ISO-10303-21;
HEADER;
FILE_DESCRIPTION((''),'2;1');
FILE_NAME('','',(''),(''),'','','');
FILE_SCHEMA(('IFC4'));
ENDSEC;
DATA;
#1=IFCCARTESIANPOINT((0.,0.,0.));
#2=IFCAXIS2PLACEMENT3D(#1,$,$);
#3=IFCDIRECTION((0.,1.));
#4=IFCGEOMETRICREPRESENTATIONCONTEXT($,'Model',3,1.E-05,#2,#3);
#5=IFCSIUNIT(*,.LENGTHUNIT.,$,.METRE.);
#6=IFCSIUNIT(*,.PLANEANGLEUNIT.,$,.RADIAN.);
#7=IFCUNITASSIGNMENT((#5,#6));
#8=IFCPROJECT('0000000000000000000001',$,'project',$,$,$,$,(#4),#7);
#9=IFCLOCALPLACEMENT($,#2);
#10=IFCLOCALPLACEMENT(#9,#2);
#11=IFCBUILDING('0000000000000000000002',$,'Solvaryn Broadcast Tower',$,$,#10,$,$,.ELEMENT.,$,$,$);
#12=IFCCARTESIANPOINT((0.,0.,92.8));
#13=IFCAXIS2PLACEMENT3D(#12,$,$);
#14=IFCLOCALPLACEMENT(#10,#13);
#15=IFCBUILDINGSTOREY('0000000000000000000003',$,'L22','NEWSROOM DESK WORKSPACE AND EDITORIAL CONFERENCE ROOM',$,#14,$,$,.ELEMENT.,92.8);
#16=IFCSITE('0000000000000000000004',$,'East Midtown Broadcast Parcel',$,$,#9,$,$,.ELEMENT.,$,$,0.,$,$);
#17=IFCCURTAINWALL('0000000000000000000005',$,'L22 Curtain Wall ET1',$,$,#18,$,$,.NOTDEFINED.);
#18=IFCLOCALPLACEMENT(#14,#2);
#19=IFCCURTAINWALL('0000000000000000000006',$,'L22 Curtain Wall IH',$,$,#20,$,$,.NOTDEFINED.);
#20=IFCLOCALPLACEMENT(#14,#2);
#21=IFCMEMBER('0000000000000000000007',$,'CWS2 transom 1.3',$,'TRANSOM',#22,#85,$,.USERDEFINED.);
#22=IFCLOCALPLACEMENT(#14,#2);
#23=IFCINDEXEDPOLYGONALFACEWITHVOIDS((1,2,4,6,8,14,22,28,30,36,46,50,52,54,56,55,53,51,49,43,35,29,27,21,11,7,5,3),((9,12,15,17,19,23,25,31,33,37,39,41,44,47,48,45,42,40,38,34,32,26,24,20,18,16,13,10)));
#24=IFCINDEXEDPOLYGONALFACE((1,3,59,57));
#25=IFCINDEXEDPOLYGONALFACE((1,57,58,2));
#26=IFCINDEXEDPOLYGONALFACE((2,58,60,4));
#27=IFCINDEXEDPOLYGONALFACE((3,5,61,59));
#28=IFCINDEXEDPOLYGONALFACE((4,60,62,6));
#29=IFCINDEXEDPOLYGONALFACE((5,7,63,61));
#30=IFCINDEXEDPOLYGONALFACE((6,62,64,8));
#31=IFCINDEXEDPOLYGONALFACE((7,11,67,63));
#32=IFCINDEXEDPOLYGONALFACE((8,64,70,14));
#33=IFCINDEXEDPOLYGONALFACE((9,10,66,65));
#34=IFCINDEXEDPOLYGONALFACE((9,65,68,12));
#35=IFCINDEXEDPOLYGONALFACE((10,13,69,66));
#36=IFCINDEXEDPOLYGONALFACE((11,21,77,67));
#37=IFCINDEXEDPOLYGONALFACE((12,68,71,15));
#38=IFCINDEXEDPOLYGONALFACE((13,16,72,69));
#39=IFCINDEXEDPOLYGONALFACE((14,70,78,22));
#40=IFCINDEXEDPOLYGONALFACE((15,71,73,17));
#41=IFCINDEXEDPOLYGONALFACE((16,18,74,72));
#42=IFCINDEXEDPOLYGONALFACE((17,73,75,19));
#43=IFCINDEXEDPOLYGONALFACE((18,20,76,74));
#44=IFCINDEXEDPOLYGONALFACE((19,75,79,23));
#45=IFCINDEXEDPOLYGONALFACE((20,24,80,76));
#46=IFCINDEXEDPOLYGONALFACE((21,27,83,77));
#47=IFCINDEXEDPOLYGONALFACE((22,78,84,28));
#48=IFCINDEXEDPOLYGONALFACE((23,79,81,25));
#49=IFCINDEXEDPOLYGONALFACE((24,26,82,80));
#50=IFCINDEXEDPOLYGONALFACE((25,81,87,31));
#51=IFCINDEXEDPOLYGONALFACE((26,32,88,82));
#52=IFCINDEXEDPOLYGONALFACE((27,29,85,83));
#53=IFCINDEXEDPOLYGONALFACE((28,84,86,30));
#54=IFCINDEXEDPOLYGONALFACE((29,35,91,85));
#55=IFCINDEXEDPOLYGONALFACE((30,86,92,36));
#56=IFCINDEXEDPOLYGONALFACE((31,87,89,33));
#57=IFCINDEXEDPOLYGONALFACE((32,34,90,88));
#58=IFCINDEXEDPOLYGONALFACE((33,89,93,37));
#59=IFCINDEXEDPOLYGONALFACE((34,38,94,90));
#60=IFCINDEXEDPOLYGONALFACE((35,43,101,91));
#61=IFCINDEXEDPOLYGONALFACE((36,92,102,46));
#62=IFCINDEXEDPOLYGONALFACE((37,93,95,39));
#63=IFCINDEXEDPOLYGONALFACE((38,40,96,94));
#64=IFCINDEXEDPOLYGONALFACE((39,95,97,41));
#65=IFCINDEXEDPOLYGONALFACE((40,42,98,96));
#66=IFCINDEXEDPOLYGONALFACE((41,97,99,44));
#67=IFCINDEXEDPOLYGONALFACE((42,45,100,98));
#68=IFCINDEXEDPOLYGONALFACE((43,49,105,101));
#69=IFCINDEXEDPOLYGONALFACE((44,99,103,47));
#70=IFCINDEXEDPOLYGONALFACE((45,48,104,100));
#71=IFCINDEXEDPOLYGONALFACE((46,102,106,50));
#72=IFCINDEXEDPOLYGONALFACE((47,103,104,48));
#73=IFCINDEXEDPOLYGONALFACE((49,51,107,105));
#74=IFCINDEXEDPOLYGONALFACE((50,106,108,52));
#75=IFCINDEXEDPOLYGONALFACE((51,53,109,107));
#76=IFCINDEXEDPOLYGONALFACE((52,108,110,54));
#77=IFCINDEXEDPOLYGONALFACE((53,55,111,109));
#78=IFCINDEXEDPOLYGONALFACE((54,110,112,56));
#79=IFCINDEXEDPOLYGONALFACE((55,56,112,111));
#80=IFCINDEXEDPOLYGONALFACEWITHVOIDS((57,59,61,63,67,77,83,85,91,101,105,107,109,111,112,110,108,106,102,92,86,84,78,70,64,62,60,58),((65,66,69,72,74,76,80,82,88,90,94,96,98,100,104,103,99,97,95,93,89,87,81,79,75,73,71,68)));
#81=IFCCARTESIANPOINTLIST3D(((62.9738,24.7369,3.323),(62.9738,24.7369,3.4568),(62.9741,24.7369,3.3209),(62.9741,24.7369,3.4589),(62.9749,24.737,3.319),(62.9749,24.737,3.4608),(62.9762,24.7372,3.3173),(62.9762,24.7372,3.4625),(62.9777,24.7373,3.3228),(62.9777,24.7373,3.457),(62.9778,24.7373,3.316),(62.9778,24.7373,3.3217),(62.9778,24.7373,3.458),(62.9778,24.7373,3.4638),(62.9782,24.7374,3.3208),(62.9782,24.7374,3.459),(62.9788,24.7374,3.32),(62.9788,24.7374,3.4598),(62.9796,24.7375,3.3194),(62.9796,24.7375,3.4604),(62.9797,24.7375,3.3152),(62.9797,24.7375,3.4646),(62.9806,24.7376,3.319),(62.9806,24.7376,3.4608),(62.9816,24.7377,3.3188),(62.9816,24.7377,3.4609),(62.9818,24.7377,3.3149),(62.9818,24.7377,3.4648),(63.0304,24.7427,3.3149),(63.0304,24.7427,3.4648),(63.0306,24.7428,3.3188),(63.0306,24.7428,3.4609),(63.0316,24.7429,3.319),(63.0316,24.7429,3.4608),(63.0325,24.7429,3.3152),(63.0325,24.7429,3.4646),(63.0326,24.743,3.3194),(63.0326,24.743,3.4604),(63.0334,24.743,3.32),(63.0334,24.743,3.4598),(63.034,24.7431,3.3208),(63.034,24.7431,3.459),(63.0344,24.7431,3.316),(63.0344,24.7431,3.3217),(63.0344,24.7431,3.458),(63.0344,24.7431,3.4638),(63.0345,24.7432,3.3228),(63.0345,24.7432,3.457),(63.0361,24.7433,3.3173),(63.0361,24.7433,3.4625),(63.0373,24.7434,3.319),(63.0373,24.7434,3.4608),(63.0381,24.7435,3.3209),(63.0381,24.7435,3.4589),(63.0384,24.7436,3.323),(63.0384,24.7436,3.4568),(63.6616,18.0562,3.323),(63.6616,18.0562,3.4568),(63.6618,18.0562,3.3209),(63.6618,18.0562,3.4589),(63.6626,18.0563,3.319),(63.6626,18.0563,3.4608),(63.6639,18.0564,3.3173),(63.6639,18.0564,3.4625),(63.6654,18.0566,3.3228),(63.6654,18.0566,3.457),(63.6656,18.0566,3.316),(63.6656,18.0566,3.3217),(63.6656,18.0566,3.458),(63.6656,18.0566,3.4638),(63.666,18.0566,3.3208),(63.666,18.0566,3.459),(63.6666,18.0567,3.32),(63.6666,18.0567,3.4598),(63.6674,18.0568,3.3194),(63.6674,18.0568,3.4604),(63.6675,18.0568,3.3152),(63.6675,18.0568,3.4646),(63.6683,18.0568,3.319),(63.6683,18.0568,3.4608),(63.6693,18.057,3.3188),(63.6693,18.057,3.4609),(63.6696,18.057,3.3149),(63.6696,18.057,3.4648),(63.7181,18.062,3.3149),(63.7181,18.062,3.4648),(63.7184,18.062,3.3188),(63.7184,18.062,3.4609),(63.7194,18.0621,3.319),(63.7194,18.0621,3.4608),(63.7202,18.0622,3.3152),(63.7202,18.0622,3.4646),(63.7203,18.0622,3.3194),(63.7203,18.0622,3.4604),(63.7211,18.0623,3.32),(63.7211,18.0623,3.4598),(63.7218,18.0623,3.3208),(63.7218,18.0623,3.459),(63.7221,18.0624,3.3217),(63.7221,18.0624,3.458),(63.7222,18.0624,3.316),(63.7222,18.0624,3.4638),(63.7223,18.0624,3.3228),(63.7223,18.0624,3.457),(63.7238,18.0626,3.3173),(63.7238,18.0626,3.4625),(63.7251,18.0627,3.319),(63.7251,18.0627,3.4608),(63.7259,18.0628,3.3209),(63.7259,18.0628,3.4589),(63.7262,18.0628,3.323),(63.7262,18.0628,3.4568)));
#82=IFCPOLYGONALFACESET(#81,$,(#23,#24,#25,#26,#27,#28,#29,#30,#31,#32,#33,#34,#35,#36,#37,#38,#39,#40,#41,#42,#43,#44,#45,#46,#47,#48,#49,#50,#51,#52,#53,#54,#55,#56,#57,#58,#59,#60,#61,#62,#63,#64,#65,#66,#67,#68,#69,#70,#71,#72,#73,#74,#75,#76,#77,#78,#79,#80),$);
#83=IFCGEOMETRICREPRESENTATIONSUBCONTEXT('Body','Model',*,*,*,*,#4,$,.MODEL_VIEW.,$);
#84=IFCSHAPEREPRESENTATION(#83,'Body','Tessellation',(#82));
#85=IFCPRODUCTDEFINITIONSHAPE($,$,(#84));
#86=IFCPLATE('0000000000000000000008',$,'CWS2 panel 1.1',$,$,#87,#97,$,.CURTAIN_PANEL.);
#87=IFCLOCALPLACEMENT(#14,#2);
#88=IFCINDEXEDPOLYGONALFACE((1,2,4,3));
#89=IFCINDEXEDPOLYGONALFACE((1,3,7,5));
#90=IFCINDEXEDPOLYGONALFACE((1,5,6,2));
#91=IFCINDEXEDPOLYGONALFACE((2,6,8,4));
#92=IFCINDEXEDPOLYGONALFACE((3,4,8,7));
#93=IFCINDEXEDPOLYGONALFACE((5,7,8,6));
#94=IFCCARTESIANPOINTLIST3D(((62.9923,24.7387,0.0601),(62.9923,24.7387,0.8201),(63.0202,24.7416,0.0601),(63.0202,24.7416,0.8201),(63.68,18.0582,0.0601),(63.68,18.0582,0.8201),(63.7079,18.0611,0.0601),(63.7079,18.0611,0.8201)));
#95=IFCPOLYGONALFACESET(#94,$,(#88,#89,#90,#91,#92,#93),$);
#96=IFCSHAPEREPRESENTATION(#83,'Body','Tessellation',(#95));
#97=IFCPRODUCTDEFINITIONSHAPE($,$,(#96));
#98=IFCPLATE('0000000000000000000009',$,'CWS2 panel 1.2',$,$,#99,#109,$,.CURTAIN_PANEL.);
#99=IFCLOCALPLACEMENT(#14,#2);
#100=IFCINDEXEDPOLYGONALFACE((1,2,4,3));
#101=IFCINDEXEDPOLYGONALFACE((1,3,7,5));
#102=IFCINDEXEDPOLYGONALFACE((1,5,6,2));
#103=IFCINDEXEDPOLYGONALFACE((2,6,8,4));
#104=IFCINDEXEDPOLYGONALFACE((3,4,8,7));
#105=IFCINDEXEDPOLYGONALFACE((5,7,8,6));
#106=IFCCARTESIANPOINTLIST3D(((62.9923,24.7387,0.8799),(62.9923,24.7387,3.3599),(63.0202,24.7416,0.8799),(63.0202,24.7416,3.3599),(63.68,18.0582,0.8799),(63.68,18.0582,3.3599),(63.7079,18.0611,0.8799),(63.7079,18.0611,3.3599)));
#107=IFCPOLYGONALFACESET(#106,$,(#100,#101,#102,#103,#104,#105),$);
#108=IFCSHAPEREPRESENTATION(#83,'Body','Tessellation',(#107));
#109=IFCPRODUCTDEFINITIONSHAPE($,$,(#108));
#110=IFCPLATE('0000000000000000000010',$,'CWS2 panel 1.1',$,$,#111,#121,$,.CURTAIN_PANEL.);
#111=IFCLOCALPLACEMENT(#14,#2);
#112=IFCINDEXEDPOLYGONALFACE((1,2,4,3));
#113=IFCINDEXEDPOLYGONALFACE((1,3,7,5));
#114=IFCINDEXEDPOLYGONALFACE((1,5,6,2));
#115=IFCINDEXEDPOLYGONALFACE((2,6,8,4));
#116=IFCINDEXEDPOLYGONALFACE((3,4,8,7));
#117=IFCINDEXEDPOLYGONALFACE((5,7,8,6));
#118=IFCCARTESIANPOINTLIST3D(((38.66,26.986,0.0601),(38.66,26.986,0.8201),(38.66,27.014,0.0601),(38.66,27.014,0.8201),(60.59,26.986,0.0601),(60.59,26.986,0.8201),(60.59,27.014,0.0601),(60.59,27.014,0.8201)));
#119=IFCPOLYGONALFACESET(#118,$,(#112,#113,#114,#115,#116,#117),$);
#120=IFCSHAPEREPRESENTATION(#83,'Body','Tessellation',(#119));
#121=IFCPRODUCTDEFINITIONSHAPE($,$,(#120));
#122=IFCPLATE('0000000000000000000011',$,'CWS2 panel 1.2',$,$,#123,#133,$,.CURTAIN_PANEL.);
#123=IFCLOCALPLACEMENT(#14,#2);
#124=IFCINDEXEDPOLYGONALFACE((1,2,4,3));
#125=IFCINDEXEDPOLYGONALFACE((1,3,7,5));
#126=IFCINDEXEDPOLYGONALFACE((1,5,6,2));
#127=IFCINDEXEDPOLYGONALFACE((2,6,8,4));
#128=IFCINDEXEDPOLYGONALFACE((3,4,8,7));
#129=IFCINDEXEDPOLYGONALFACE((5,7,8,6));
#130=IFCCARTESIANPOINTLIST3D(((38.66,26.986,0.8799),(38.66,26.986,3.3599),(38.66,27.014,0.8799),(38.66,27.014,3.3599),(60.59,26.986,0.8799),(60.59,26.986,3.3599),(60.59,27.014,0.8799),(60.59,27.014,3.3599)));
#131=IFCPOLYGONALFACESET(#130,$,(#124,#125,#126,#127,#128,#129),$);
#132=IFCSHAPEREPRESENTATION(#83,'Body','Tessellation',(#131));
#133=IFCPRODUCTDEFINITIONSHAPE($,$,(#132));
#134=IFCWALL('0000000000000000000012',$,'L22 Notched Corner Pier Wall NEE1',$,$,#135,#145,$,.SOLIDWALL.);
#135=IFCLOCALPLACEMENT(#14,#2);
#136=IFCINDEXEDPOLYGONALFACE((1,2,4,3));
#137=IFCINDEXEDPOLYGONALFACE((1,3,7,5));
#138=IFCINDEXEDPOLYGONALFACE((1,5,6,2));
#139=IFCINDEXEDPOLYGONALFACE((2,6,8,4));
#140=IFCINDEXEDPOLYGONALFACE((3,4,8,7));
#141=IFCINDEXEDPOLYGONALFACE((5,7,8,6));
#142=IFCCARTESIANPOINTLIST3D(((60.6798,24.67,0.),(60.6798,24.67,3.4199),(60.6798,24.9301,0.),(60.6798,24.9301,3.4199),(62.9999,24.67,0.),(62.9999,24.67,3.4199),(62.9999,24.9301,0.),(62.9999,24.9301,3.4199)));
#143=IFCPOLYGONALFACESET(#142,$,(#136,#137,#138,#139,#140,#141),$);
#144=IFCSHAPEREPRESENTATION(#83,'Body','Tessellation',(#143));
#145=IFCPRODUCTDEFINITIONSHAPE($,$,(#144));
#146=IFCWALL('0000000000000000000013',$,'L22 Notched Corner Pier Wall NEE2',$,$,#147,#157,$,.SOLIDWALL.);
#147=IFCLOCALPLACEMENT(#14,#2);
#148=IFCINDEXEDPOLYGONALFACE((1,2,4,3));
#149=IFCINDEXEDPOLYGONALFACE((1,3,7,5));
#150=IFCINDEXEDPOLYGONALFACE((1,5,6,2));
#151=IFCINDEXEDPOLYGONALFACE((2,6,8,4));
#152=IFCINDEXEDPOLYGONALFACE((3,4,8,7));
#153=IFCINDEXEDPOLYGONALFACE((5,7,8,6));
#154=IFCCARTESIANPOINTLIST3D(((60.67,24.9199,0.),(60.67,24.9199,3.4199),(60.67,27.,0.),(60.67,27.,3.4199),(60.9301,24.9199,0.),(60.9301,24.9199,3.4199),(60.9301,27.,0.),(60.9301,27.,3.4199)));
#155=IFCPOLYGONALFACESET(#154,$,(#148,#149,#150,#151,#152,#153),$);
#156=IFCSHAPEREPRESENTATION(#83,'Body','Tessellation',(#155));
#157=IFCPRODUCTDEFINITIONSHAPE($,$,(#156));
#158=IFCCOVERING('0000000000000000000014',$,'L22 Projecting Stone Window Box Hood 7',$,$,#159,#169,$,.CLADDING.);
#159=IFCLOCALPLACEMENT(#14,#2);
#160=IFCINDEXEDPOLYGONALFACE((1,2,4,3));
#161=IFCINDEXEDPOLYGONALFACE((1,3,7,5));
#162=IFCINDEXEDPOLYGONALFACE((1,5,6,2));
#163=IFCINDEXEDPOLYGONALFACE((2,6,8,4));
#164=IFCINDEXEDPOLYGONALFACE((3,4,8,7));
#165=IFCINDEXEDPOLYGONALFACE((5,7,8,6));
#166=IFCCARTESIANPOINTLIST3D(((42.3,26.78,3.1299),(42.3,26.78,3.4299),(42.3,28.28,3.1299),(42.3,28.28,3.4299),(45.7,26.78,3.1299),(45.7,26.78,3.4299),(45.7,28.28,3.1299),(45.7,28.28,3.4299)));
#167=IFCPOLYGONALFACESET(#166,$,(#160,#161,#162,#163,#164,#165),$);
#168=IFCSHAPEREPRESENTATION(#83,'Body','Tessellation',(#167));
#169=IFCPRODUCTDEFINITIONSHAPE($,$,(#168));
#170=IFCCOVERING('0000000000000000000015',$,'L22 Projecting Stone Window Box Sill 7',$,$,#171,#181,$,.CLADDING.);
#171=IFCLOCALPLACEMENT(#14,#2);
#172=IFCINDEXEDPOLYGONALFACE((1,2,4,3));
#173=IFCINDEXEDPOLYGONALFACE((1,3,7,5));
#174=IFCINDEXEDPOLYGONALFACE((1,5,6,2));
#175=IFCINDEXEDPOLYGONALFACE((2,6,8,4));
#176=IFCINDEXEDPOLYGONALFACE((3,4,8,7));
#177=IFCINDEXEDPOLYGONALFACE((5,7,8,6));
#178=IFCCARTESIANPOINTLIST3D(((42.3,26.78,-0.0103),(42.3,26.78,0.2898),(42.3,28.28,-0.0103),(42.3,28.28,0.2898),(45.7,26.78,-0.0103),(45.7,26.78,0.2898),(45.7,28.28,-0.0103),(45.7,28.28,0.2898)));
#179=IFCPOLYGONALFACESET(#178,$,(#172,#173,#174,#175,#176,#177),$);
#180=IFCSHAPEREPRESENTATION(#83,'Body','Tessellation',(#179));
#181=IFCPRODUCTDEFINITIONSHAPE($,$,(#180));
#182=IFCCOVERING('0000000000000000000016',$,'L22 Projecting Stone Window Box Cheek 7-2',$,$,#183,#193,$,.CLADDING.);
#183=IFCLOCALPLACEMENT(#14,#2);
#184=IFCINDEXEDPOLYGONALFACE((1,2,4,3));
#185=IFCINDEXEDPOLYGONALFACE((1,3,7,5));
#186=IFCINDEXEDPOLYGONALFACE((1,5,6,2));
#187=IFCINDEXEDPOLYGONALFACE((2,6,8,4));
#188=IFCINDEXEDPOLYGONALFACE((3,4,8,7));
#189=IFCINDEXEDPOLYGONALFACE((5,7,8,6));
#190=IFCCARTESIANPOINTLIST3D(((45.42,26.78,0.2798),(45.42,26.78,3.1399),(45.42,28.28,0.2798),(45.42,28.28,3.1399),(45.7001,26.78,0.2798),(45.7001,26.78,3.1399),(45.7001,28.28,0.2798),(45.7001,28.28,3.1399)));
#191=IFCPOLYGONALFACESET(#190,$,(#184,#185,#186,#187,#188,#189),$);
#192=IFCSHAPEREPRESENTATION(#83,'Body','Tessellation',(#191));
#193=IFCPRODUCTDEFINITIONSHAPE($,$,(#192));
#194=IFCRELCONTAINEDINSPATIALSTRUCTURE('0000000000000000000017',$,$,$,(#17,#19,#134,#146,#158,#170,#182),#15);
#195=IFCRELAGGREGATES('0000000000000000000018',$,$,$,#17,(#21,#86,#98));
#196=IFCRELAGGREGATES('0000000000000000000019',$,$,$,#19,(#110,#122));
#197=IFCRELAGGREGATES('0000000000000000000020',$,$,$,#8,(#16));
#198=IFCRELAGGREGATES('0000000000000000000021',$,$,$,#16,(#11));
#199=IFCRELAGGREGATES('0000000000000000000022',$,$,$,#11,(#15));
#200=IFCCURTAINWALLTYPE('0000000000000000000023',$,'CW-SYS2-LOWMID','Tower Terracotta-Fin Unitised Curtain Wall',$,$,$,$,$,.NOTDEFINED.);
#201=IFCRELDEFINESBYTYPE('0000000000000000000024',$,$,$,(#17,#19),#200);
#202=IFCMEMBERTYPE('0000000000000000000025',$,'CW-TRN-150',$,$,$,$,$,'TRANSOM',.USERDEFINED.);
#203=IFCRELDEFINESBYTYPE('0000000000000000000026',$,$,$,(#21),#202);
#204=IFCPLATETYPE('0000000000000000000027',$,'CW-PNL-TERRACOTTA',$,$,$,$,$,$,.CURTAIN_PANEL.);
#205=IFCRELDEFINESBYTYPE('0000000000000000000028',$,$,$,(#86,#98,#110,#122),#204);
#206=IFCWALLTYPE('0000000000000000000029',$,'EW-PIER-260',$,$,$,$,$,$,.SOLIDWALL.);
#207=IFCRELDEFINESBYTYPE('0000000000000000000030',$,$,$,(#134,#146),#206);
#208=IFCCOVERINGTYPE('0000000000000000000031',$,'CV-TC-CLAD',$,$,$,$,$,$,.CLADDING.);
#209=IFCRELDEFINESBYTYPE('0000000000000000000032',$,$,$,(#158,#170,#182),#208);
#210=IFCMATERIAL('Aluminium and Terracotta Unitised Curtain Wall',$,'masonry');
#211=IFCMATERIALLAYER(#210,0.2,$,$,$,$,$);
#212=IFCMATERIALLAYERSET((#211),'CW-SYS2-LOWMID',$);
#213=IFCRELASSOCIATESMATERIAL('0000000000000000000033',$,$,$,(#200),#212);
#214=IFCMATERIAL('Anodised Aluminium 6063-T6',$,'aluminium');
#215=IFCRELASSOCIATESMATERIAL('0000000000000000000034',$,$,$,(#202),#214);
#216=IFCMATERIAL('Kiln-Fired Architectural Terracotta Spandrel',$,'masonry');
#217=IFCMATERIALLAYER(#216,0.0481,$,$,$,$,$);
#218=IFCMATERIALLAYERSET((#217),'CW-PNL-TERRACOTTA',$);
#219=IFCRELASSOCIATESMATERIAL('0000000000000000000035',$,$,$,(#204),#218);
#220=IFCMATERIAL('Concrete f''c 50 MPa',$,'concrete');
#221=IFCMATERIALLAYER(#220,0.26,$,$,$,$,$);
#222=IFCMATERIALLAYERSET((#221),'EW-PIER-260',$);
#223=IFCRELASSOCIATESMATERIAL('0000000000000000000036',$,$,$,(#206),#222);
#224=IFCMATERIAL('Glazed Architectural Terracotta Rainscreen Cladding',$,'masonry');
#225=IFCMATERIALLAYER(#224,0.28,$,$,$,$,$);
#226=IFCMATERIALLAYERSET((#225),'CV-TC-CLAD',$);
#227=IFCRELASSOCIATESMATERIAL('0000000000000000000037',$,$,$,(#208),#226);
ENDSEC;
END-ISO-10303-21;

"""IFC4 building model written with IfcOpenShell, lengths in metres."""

from ifc_helpers import new_model, si_unit, direction, frame, frame_2d, origin, origin_2d, place, context, subcontext, project, spatial, rectangle, hollow_rectangle, extrude, material, layer, layer_set, material_profile, profile_set, type_object, element, aggregate, save


model = new_model("IFC4")

# Units and contexts
model_context = context("Model", 3, precision=1e-05, world=origin(), true_north=direction((0.0, 1.0)))
body_context = subcontext(model_context, "Body", "Model", "MODEL_VIEW")
ifc_project = project(units=[si_unit("LENGTHUNIT", "METRE"), si_unit("PLANEANGLEUNIT", "RADIAN")], contexts=[model_context])

# Site, building, storey
site_placement = place(None, origin())
site = spatial("IfcSite", under=ifc_project, at=site_placement, Name="East Midtown Broadcast Parcel", CompositionType="ELEMENT", RefElevation=0.0)
building_placement = place(site_placement, origin())
building = spatial("IfcBuilding", under=site, at=building_placement, Name="Solvaryn Broadcast Tower", CompositionType="ELEMENT")
storey_placement = place(building_placement, frame((0.0, 0.0, 92.8)))
storey = spatial("IfcBuildingStorey", under=building, at=storey_placement, Name="L22", Description="NEWSROOM DESK WORKSPACE AND EDITORIAL CONFERENCE ROOM", CompositionType="ELEMENT", Elevation=92.8)

# Curtain walls
ifc_material_1 = material(Name="Aluminium and Terracotta Unitised Curtain Wall", Category="masonry")
ifc_layer_1 = layer(ifc_material_1, 0.2)
ifc_layer_set_1 = layer_set([ifc_layer_1], Name="CW-SYS2-LOWMID")
curtain_wall_type = type_object("IfcCurtainWallType", Name="CW-SYS2-LOWMID", Description="Tower Terracotta-Fin Unitised Curtain Wall", PredefinedType="NOTDEFINED", material=ifc_layer_set_1)
curtain_wall_1_placement = place(storey_placement, origin())
curtain_wall_1 = element("IfcCurtainWall", 1, at=curtain_wall_1_placement, inside=storey, type_object=curtain_wall_type, Name="L22 Curtain Wall ET1", PredefinedType="NOTDEFINED")
curtain_wall_2_placement = place(storey_placement, origin())
curtain_wall_2 = element("IfcCurtainWall", 2, at=curtain_wall_2_placement, inside=storey, type_object=curtain_wall_type, Name="L22 Curtain Wall IH", PredefinedType="NOTDEFINED")

# Member
ifc_material_2 = material(Name="Anodised Aluminium 6063-T6", Category="aluminium")
ifc_material_profile_1 = material_profile(ifc_material_2, hollow_rectangle(XDim=0.0649, YDim=0.1499, WallThickness=0.0039, InnerFilletRadius=0.0039, OuterFilletRadius=0.0081, at=origin_2d()))
ifc_profile_set_1 = profile_set([ifc_material_profile_1], Name="Anodised Aluminium 6063-T6")
member_type_1 = type_object("IfcMemberType", Name="CW-TRN-150", ElementType="TRANSOM", PredefinedType="USERDEFINED", material=ifc_profile_set_1)
member_1_placement = place(storey_placement, frame((63.0061, 24.7402, 3.3899), z_axis=(0.102404, -0.994743, 0.0), x_axis=(0.994743, 0.102404, 0.0)))
member_1 = element("IfcMember", 3, at=member_1_placement, type_object=member_type_1, Name="CWS2 transom 1.3", ObjectType="TRANSOM", PredefinedType="USERDEFINED", context=body_context, shape_type="SweptSolid", body=[
    extrude(hollow_rectangle(XDim=0.0649, YDim=0.1499, WallThickness=0.0039, InnerFilletRadius=0.0039, OuterFilletRadius=0.0081, at=origin_2d()), origin(), (0.0, 0.0, 1.0), 6.7161),
])

# Plates
ifc_material_3 = material(Name="Kiln-Fired Architectural Terracotta Spandrel", Category="masonry")
ifc_layer_2 = layer(ifc_material_3, 0.0481)
ifc_layer_set_2 = layer_set([ifc_layer_2], Name="CW-PNL-TERRACOTTA")
plate_type = type_object("IfcPlateType", Name="CW-PNL-TERRACOTTA", PredefinedType="CURTAIN_PANEL", material=ifc_layer_set_2)
plate_1_placement = place(storey_placement, frame((63.3501, 21.3999, 0.0601), z_axis=(0.0, 0.0, 1.0), x_axis=(0.1024, -0.994743, 0.0)))
plate_1 = element("IfcPlate", 4, at=plate_1_placement, type_object=plate_type, Name="CWS2 panel 1.1", PredefinedType="CURTAIN_PANEL", context=body_context, shape_type="SweptSolid", body=[
    extrude(rectangle(XDim=6.7158, YDim=0.0281, at=origin_2d()), origin(), (0.0, 0.0, 1.0), 0.76),
])
plate_2_placement = place(storey_placement, frame((63.3501, 21.3999, 0.8799), z_axis=(0.0, 0.0, 1.0), x_axis=(0.1024, -0.994743, 0.0)))
plate_2 = element("IfcPlate", 5, at=plate_2_placement, type_object=plate_type, Name="CWS2 panel 1.2", PredefinedType="CURTAIN_PANEL", context=body_context, shape_type="SweptSolid", body=[
    extrude(rectangle(XDim=6.7158, YDim=0.0281, at=origin_2d()), origin(), (0.0, 0.0, 1.0), 2.48),
])
aggregate(curtain_wall_1, [member_1, plate_1, plate_2])
plate_3_placement = place(storey_placement, frame((49.625, 27.0, 0.0601), z_axis=(0.0, 0.0, 1.0), x_axis=(1.0, 0.0, 0.0)))
plate_3 = element("IfcPlate", 6, at=plate_3_placement, type_object=plate_type, Name="CWS2 panel 1.1", PredefinedType="CURTAIN_PANEL", context=body_context, shape_type="SweptSolid", body=[
    extrude(rectangle(XDim=21.9299, YDim=0.0281, at=origin_2d()), origin(), (0.0, 0.0, 1.0), 0.76),
])
plate_4_placement = place(storey_placement, frame((49.625, 27.0, 0.8799), z_axis=(0.0, 0.0, 1.0), x_axis=(1.0, 0.0, 0.0)))
plate_4 = element("IfcPlate", 7, at=plate_4_placement, type_object=plate_type, Name="CWS2 panel 1.2", PredefinedType="CURTAIN_PANEL", context=body_context, shape_type="SweptSolid", body=[
    extrude(rectangle(XDim=21.9299, YDim=0.0281, at=origin_2d()), origin(), (0.0, 0.0, 1.0), 2.48),
])
aggregate(curtain_wall_2, [plate_3, plate_4])

# Walls
ifc_material_4 = material(Name="Concrete f'c 50 MPa", Category="concrete")
ifc_layer_3 = layer(ifc_material_4, 0.26)
ifc_layer_set_3 = layer_set([ifc_layer_3], Name="EW-PIER-260")
wall_type_1 = type_object("IfcWallType", Name="EW-PIER-260", PredefinedType="SOLIDWALL", material=ifc_layer_set_3)
wall_1_placement = place(storey_placement, frame((63.0, 24.8, 0.0), z_axis=(0.0, 0.0, 1.0), x_axis=(-1.0, 0.0, 0.0)))
element("IfcWall", 8, at=wall_1_placement, inside=storey, type_object=wall_type_1, Name="L22 Notched Corner Pier Wall NEE1", PredefinedType="SOLIDWALL", context=body_context, shape_type="SweptSolid", body=[
    extrude(rectangle(XDim=2.3201, YDim=0.26, at=frame_2d((1.1602, 0.0))), origin(), (0.0, 0.0, 1.0), 3.4199),
])
wall_2_placement = place(storey_placement, frame((60.8, 24.9199, 0.0), z_axis=(0.0, 0.0, 1.0), x_axis=(0.0, 1.0, 0.0)))
element("IfcWall", 9, at=wall_2_placement, inside=storey, type_object=wall_type_1, Name="L22 Notched Corner Pier Wall NEE2", PredefinedType="SOLIDWALL", context=body_context, shape_type="SweptSolid", body=[
    extrude(rectangle(XDim=2.0801, YDim=0.26, at=frame_2d((1.04, 0.0))), origin(), (0.0, 0.0, 1.0), 3.4199),
])

# Coverings
ifc_material_5 = material(Name="Glazed Architectural Terracotta Rainscreen Cladding", Category="masonry")
ifc_layer_4 = layer(ifc_material_5, 0.28)
ifc_layer_set_4 = layer_set([ifc_layer_4], Name="CV-TC-CLAD")
covering_type_1 = type_object("IfcCoveringType", Name="CV-TC-CLAD", PredefinedType="CLADDING", material=ifc_layer_set_4)
for number, where, z_axis, x_axis, name in (
    (10, (44.0, 27.53, 3.1299), (0.0, 0.0, 1.0), (1.0, 0.0, 0.0), "L22 Projecting Stone Window Box Hood 7"),
    (11, (44.0, 27.53, -0.0103), (0.0, 0.0, 1.0), (1.0, 0.0, 0.0), "L22 Projecting Stone Window Box Sill 7"),
):
    element("IfcCovering", number, at=place(storey_placement, frame(where, z_axis=z_axis, x_axis=x_axis)), inside=storey, type_object=covering_type_1, Name=name, PredefinedType="CLADDING", context=body_context, shape_type="SweptSolid", body=[
        extrude(rectangle(XDim=3.3999, YDim=1.5, at=origin_2d()), origin(), (0.0, 0.0, 1.0), 0.3),
    ])
covering_1_placement = place(storey_placement, frame((45.5601, 27.53, 0.2798), z_axis=(0.0, 0.0, 1.0), x_axis=(1.0, 0.0, 0.0)))
element("IfcCovering", 12, at=covering_1_placement, inside=storey, type_object=covering_type_1, Name="L22 Projecting Stone Window Box Cheek 7-2", PredefinedType="CLADDING", context=body_context, shape_type="SweptSolid", body=[
    extrude(rectangle(XDim=0.28, YDim=1.5, at=origin_2d()), origin(), (0.0, 0.0, 1.0), 2.8601),
])

save(model, "model.ifc")
